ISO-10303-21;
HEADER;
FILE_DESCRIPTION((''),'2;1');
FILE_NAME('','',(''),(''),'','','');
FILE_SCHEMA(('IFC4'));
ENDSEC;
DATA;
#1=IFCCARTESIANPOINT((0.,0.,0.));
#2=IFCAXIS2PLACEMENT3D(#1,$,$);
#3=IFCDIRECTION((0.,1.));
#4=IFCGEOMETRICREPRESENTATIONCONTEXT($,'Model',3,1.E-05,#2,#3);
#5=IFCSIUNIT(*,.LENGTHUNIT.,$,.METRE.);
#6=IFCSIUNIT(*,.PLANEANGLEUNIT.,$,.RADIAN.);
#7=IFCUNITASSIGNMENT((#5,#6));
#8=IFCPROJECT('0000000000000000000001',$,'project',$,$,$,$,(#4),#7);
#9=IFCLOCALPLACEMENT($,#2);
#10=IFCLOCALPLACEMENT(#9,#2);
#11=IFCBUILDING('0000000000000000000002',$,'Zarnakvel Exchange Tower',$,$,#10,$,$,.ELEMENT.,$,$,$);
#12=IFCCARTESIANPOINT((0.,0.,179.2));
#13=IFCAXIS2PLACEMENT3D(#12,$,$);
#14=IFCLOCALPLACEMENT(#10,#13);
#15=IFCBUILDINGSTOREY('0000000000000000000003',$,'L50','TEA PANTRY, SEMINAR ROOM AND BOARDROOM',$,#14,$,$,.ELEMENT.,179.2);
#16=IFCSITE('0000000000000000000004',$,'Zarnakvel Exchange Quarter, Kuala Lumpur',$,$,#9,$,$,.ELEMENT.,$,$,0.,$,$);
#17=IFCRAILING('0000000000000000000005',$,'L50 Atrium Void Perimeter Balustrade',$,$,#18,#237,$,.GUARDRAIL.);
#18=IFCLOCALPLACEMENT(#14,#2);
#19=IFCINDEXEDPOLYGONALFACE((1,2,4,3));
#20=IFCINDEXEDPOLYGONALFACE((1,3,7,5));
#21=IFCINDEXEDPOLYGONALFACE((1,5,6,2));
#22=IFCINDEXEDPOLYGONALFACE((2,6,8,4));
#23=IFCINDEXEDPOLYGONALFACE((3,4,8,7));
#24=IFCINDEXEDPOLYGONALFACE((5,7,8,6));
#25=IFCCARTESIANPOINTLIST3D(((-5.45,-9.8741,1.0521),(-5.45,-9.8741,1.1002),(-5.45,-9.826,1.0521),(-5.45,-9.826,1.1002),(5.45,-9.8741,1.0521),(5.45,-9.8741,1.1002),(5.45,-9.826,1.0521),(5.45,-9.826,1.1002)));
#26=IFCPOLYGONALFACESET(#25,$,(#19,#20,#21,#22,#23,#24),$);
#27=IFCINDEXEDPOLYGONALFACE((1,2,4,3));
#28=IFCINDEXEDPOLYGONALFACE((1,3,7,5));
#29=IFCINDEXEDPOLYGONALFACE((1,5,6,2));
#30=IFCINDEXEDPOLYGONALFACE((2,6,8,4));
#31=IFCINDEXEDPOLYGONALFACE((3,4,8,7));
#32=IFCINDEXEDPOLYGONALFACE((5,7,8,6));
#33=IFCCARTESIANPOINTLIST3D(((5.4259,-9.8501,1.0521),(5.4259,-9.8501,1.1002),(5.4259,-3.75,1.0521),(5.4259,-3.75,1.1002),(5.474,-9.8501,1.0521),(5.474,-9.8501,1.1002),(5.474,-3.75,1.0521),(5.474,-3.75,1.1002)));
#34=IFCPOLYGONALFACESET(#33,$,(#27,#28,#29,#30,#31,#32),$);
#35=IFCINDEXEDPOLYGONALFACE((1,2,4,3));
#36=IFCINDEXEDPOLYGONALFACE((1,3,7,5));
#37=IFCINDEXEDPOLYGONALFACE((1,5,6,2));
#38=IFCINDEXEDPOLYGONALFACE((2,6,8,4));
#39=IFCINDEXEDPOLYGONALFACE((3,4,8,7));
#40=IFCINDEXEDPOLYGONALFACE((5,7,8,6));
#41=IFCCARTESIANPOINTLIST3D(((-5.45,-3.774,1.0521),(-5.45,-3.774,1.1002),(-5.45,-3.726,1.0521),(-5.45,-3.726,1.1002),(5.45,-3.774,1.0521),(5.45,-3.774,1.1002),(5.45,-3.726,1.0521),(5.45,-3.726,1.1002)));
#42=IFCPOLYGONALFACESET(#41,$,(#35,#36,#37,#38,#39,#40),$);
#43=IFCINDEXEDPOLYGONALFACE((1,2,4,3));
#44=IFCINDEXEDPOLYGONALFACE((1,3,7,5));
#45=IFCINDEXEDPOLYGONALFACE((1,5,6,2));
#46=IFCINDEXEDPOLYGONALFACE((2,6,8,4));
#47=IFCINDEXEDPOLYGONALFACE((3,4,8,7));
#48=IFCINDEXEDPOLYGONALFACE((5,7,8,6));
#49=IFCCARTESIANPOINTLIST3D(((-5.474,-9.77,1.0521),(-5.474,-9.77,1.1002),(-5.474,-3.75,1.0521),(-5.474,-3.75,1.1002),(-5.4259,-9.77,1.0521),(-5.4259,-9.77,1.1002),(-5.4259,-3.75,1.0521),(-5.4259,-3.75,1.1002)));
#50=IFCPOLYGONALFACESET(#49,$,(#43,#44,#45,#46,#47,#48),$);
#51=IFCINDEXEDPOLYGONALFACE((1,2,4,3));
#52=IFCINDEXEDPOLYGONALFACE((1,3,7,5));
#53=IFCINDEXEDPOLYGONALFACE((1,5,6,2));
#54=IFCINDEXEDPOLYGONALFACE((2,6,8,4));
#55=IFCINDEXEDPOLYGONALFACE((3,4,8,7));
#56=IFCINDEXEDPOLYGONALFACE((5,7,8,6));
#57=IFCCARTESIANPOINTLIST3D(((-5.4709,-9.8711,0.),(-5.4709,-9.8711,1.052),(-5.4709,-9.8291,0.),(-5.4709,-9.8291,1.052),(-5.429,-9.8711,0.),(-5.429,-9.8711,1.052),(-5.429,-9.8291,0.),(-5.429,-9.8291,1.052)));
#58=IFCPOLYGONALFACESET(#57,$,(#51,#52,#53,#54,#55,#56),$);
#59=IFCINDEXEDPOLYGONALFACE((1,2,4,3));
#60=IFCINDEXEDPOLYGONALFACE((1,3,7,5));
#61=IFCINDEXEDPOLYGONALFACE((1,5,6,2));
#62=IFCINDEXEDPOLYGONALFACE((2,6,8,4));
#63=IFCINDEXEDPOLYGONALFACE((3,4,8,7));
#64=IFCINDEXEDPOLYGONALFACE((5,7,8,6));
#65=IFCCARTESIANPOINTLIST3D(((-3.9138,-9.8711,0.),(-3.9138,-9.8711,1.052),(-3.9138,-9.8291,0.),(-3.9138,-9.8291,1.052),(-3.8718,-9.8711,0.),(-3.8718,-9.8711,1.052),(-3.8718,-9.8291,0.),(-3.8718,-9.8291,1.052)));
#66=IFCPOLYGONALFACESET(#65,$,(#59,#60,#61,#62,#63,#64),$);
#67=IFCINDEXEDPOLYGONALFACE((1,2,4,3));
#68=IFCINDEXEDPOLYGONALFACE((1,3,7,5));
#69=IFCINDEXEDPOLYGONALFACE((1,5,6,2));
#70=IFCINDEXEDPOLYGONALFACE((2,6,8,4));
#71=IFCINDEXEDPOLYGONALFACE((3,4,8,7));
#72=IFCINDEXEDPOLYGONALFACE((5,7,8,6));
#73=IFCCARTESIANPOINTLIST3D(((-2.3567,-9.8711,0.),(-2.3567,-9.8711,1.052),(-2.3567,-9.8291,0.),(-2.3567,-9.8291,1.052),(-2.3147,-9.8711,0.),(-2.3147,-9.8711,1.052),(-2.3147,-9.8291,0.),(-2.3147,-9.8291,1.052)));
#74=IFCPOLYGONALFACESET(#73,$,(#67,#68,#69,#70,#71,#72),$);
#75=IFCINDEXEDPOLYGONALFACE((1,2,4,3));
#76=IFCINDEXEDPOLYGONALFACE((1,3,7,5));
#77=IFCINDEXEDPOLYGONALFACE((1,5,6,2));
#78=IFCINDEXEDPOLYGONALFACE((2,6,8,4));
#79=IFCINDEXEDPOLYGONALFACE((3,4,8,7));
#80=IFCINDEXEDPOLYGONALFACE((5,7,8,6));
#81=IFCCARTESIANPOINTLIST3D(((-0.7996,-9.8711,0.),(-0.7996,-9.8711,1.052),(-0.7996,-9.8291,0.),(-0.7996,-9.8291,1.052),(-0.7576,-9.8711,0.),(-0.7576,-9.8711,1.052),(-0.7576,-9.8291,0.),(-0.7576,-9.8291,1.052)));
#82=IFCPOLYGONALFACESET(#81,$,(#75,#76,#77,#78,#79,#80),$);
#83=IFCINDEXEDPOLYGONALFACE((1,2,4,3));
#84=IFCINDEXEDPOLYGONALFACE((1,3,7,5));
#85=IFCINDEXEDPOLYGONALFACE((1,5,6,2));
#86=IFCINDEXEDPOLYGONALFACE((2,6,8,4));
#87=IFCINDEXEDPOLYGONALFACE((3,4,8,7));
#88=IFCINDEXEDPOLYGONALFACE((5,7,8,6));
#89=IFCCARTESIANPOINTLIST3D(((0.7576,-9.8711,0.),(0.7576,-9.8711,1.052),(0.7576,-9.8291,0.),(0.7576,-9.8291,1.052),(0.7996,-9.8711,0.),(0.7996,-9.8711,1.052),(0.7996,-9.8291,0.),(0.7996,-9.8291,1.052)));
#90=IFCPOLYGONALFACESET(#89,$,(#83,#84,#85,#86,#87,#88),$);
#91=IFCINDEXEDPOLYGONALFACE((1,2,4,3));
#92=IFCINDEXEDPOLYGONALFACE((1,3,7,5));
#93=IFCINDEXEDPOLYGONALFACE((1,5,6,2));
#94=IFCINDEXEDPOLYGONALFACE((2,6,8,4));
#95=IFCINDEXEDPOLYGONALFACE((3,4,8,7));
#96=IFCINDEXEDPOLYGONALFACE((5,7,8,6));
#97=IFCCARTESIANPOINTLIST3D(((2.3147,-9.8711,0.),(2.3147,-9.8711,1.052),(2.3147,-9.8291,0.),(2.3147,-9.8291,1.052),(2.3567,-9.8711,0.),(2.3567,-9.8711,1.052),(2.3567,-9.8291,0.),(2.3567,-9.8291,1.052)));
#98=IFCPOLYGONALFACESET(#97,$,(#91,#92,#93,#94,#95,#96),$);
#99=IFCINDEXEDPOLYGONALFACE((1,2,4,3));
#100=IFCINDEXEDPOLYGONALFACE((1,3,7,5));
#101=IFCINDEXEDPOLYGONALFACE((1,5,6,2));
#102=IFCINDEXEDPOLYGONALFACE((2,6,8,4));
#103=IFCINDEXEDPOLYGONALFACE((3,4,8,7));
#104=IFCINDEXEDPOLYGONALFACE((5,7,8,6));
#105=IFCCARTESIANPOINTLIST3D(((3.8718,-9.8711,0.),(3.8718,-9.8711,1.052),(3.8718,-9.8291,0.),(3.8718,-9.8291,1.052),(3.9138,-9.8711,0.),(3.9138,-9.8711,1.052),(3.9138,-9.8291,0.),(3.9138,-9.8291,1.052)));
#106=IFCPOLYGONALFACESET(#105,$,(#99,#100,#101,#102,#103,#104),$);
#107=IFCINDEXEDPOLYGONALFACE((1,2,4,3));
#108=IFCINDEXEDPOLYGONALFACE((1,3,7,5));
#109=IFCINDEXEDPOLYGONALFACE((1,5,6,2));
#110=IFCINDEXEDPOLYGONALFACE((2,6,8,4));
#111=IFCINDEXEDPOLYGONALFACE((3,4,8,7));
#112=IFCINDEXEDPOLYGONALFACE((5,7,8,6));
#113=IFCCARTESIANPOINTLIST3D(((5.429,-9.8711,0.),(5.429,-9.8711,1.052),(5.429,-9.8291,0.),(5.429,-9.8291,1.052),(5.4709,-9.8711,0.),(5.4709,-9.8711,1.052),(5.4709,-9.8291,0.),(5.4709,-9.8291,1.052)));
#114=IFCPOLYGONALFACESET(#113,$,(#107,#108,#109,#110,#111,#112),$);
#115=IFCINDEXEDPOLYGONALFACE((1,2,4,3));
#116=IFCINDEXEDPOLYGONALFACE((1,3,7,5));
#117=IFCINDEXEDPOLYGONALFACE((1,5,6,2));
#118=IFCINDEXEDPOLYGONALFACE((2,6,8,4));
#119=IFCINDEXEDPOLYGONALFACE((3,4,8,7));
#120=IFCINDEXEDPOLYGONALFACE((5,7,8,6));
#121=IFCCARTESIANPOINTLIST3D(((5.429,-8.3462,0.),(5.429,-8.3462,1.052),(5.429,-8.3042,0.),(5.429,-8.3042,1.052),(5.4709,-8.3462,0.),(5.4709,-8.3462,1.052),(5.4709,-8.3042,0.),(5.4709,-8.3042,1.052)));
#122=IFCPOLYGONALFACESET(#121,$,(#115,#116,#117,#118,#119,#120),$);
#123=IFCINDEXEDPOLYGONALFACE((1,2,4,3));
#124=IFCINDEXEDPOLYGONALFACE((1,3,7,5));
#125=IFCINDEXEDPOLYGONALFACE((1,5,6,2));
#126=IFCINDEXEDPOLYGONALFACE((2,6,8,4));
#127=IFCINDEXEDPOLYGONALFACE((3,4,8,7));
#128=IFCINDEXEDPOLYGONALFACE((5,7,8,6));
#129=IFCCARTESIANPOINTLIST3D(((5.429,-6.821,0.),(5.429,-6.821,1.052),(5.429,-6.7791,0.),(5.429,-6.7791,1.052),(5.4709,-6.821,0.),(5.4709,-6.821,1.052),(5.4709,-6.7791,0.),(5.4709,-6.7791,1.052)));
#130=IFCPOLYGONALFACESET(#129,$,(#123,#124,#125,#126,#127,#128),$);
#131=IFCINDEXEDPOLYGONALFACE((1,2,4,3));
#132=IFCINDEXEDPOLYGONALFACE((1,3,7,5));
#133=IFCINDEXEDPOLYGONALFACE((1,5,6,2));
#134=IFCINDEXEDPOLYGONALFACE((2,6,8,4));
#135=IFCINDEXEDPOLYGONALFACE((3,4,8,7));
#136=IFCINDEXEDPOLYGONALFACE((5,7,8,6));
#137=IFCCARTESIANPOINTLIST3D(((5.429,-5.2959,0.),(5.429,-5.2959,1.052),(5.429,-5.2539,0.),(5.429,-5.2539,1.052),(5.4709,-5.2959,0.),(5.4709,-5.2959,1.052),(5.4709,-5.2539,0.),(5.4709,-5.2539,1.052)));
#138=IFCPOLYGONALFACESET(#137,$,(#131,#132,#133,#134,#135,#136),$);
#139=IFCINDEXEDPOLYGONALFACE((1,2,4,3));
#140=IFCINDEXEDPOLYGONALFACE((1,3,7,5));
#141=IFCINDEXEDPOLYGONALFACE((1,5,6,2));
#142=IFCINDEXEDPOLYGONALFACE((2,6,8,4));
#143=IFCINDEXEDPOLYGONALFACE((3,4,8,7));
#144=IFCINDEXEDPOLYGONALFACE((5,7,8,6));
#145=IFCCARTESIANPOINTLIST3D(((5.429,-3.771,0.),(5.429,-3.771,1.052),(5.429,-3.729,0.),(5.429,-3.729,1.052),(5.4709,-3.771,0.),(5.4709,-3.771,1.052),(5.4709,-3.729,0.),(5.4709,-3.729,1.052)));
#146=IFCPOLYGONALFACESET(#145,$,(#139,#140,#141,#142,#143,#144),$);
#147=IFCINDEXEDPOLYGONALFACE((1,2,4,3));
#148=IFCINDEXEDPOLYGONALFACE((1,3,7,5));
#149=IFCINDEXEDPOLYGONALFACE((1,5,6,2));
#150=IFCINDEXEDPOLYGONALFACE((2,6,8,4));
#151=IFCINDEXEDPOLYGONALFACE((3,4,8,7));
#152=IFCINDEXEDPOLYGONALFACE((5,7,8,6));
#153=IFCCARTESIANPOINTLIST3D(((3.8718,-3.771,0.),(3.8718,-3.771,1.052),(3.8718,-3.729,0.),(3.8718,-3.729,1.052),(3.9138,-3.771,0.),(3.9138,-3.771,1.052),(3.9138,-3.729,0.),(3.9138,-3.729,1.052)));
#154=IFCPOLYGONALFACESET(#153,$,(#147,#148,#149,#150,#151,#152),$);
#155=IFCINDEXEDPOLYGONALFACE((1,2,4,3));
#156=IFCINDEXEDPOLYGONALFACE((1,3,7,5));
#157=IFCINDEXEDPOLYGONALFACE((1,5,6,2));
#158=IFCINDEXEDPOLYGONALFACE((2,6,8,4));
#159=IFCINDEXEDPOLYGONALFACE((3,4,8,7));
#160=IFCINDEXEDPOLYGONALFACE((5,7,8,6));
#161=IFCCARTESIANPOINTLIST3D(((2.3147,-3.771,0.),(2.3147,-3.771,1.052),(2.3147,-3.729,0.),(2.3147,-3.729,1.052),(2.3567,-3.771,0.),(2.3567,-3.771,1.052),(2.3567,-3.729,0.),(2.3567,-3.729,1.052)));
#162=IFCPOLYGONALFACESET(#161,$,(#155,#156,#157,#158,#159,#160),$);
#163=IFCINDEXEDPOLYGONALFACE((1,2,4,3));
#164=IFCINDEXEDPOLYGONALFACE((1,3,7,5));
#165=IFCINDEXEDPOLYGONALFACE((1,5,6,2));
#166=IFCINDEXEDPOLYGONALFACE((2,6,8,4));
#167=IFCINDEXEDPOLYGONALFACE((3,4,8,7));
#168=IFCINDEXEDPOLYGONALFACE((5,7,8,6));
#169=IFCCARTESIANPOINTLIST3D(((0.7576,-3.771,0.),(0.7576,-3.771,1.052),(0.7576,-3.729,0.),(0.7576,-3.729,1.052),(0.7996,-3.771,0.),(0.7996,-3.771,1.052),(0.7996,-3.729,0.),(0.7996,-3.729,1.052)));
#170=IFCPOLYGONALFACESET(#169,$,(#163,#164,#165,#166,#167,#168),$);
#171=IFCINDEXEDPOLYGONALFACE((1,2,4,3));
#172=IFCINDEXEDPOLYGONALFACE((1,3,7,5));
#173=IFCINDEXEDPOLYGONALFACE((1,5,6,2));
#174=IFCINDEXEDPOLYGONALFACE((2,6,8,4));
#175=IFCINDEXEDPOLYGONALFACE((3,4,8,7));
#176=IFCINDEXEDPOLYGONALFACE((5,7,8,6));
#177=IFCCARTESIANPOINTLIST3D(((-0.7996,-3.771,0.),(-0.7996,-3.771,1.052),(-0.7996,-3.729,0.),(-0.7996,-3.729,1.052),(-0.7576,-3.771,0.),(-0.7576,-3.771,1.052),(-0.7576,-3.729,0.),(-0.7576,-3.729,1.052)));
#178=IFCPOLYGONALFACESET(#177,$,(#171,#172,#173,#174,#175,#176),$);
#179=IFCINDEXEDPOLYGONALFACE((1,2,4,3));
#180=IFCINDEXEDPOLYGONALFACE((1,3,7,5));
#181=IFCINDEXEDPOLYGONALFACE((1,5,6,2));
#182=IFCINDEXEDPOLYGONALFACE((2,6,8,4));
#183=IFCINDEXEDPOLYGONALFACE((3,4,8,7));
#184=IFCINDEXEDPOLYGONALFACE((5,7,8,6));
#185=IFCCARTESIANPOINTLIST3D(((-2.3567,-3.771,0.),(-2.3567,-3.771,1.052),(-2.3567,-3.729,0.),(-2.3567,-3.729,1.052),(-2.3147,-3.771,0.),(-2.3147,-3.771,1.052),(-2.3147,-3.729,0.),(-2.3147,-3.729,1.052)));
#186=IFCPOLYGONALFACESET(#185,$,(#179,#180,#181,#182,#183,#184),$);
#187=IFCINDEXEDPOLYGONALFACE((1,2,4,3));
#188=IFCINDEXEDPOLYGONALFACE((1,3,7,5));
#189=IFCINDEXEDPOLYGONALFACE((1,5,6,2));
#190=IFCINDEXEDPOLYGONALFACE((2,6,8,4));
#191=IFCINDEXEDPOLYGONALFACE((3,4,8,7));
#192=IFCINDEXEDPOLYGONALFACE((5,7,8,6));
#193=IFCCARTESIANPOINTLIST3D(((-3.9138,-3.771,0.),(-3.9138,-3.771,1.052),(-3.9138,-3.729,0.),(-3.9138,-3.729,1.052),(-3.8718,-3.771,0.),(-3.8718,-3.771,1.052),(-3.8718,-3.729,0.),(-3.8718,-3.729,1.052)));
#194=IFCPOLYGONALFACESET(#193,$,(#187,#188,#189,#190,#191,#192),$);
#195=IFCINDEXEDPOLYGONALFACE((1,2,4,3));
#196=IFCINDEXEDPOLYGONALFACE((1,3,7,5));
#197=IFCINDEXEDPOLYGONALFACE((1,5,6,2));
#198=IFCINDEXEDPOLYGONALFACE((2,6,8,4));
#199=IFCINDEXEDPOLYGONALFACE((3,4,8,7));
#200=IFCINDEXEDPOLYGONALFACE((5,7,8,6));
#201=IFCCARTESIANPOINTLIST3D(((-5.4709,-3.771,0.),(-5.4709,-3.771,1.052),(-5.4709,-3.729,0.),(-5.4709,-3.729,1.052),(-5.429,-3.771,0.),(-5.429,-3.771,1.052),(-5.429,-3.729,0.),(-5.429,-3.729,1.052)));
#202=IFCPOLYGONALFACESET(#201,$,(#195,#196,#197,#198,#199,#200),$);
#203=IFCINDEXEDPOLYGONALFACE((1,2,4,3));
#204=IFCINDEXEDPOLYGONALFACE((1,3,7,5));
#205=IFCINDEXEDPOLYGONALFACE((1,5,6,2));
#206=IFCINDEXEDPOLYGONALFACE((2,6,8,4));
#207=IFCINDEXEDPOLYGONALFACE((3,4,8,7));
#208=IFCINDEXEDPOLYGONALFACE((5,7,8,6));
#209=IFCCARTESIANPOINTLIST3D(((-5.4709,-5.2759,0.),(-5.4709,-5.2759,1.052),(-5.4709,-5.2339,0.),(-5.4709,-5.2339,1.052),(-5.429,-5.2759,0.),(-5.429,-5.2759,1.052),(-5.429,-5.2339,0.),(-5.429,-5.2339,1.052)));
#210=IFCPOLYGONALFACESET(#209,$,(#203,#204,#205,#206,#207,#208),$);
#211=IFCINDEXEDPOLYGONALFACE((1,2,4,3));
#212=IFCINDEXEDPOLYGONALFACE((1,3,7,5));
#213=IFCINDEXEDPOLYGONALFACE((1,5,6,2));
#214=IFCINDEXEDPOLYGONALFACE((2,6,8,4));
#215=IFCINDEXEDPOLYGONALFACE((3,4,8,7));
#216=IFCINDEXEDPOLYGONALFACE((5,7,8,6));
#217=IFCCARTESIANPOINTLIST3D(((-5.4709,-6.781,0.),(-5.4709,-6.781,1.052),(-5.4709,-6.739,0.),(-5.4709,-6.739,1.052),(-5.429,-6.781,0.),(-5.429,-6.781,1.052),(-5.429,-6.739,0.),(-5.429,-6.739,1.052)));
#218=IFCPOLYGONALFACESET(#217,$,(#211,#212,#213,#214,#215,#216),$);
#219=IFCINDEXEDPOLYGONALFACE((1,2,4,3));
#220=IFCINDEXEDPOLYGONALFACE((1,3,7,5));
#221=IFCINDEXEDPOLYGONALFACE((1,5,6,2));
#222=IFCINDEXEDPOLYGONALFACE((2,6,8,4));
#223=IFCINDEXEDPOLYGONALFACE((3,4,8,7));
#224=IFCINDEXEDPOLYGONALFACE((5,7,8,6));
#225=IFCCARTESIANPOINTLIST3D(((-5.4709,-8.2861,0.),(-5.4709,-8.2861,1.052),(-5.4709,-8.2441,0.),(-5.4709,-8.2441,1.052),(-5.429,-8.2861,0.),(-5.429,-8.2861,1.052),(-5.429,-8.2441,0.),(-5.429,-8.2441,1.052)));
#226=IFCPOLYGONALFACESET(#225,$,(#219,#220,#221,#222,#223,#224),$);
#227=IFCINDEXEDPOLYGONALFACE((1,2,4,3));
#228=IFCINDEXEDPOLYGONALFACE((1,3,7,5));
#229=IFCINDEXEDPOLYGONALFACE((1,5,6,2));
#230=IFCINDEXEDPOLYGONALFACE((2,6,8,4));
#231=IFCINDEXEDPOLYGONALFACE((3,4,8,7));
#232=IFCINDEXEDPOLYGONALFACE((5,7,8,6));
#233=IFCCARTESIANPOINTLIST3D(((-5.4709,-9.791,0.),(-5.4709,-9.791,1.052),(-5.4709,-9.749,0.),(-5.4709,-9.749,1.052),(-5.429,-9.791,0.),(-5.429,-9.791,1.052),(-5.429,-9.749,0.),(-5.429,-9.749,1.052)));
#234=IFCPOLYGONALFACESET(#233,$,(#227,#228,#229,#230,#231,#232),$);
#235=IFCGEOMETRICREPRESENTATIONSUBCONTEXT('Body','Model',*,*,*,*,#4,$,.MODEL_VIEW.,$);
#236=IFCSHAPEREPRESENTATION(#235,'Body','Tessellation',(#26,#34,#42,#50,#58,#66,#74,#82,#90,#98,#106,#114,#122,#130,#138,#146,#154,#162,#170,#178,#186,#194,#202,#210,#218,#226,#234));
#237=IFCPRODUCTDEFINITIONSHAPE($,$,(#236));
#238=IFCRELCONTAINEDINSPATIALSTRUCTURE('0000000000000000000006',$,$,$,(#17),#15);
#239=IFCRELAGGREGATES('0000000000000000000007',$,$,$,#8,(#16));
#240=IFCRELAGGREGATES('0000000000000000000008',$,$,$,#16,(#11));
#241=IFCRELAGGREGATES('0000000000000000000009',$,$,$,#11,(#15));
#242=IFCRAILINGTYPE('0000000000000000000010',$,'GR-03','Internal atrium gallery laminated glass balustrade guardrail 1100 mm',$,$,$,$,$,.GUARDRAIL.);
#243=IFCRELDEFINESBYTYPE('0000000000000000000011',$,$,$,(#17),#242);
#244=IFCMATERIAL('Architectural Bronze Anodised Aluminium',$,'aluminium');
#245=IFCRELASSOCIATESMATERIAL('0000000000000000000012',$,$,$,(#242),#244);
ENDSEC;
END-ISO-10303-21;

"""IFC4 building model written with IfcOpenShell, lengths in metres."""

from ifc_helpers import new_model, si_unit, direction, frame, origin, origin_2d, place, context, subcontext, project, spatial, rectangle, extrude, material, type_object, element, save


model = new_model("IFC4")

# Units and contexts
model_context = context("Model", 3, precision=1e-05, world=origin(), true_north=direction((0.0, 1.0)))
body_context = subcontext(model_context, "Body", "Model", "MODEL_VIEW")
ifc_project = project(units=[si_unit("LENGTHUNIT", "METRE"), si_unit("PLANEANGLEUNIT", "RADIAN")], contexts=[model_context])

# Site, building, storey
site_placement = place(None, origin())
site = spatial("IfcSite", under=ifc_project, at=site_placement, Name="Zarnakvel Exchange Quarter, Kuala Lumpur", CompositionType="ELEMENT", RefElevation=0.0)
building_placement = place(site_placement, origin())
building = spatial("IfcBuilding", under=site, at=building_placement, Name="Zarnakvel Exchange Tower", CompositionType="ELEMENT")
storey_placement = place(building_placement, frame((0.0, 0.0, 179.2)))
storey = spatial("IfcBuildingStorey", under=building, at=storey_placement, Name="L50", Description="TEA PANTRY, SEMINAR ROOM AND BOARDROOM", CompositionType="ELEMENT", Elevation=179.2)

# Railing
ifc_material_1 = material(Name="Architectural Bronze Anodised Aluminium", Category="aluminium")
railing_type = type_object("IfcRailingType", Name="GR-03", Description="Internal atrium gallery laminated glass balustrade guardrail 1100 mm", PredefinedType="GUARDRAIL", material=ifc_material_1)
railing_placement = place(storey_placement, frame((-5.45, -9.8501, 0.0)))
element("IfcRailing", 1, at=railing_placement, inside=storey, type_object=railing_type, Name="L50 Atrium Void Perimeter Balustrade", PredefinedType="GUARDRAIL", context=body_context, shape_type="SweptSolid", body=[
    extrude(rectangle(XDim=0.0481, YDim=0.0481, at=origin_2d()), frame((0.0, 0.0, 1.0762), z_axis=(1.0, 0.0, 0.0), x_axis=(0.0, 1.0, 0.0)), (0.0, 0.0, 1.0), 10.8999),
    extrude(rectangle(XDim=0.0481, YDim=0.0481, at=origin_2d()), frame((10.8999, 0.0, 1.0762), z_axis=(0.0, 1.0, 0.0), x_axis=(-1.0, 0.0, 0.0)), (0.0, 0.0, 1.0), 6.1001),
    extrude(rectangle(XDim=0.0481, YDim=0.0481, at=origin_2d()), frame((10.8999, 6.1001, 1.0762), z_axis=(-1.0, 0.0, 0.0), x_axis=(0.0, -1.0, 0.0)), (0.0, 0.0, 1.0), 10.8999),
    extrude(rectangle(XDim=0.0481, YDim=0.0481, at=origin_2d()), frame((0.0, 6.1001, 1.0762), z_axis=(0.0, -1.0, 0.0), x_axis=(1.0, 0.0, 0.0)), (0.0, 0.0, 1.0), 6.02),
    extrude(rectangle(XDim=0.042, YDim=0.042, at=origin_2d()), origin(), (0.0, 0.0, 1.0), 1.052),
    extrude(rectangle(XDim=0.042, YDim=0.042, at=origin_2d()), frame((1.5571, 0.0, 0.0)), (0.0, 0.0, 1.0), 1.052),
    extrude(rectangle(XDim=0.042, YDim=0.042, at=origin_2d()), frame((3.1143, 0.0, 0.0)), (0.0, 0.0, 1.0), 1.052),
    extrude(rectangle(XDim=0.042, YDim=0.042, at=origin_2d()), frame((4.6714, 0.0, 0.0)), (0.0, 0.0, 1.0), 1.052),
    extrude(rectangle(XDim=0.042, YDim=0.042, at=origin_2d()), frame((6.2285, 0.0, 0.0)), (0.0, 0.0, 1.0), 1.052),
    extrude(rectangle(XDim=0.042, YDim=0.042, at=origin_2d()), frame((7.7856, 0.0, 0.0)), (0.0, 0.0, 1.0), 1.052),
    extrude(rectangle(XDim=0.042, YDim=0.042, at=origin_2d()), frame((9.3428, 0.0, 0.0)), (0.0, 0.0, 1.0), 1.052),
    extrude(rectangle(XDim=0.042, YDim=0.042, at=origin_2d()), frame((10.8999, 0.0, 0.0)), (0.0, 0.0, 1.0), 1.052),
    extrude(rectangle(XDim=0.042, YDim=0.042, at=origin_2d()), frame((10.8999, 1.5249, 0.0)), (0.0, 0.0, 1.0), 1.052),
    extrude(rectangle(XDim=0.042, YDim=0.042, at=origin_2d()), frame((10.8999, 3.05, 0.0)), (0.0, 0.0, 1.0), 1.052),
    extrude(rectangle(XDim=0.042, YDim=0.042, at=origin_2d()), frame((10.8999, 4.5752, 0.0)), (0.0, 0.0, 1.0), 1.052),
    extrude(rectangle(XDim=0.042, YDim=0.042, at=origin_2d()), frame((10.8999, 6.1001, 0.0)), (0.0, 0.0, 1.0), 1.052),
    extrude(rectangle(XDim=0.042, YDim=0.042, at=origin_2d()), frame((9.3428, 6.1001, 0.0)), (0.0, 0.0, 1.0), 1.052),
    extrude(rectangle(XDim=0.042, YDim=0.042, at=origin_2d()), frame((7.7856, 6.1001, 0.0)), (0.0, 0.0, 1.0), 1.052),
    extrude(rectangle(XDim=0.042, YDim=0.042, at=origin_2d()), frame((6.2285, 6.1001, 0.0)), (0.0, 0.0, 1.0), 1.052),
    extrude(rectangle(XDim=0.042, YDim=0.042, at=origin_2d()), frame((4.6714, 6.1001, 0.0)), (0.0, 0.0, 1.0), 1.052),
    extrude(rectangle(XDim=0.042, YDim=0.042, at=origin_2d()), frame((3.1143, 6.1001, 0.0)), (0.0, 0.0, 1.0), 1.052),
    extrude(rectangle(XDim=0.042, YDim=0.042, at=origin_2d()), frame((1.5571, 6.1001, 0.0)), (0.0, 0.0, 1.0), 1.052),
    extrude(rectangle(XDim=0.042, YDim=0.042, at=origin_2d()), frame((0.0, 6.1001, 0.0)), (0.0, 0.0, 1.0), 1.052),
    extrude(rectangle(XDim=0.042, YDim=0.042, at=origin_2d()), frame((0.0, 4.5952, 0.0)), (0.0, 0.0, 1.0), 1.052),
    extrude(rectangle(XDim=0.042, YDim=0.042, at=origin_2d()), frame((0.0, 3.0901, 0.0)), (0.0, 0.0, 1.0), 1.052),
    extrude(rectangle(XDim=0.042, YDim=0.042, at=origin_2d()), frame((0.0, 1.585, 0.0)), (0.0, 0.0, 1.0), 1.052),
    extrude(rectangle(XDim=0.042, YDim=0.042, at=origin_2d()), frame((0.0, 0.0801, 0.0)), (0.0, 0.0, 1.0), 1.052),
])

save(model, "model.ifc")
